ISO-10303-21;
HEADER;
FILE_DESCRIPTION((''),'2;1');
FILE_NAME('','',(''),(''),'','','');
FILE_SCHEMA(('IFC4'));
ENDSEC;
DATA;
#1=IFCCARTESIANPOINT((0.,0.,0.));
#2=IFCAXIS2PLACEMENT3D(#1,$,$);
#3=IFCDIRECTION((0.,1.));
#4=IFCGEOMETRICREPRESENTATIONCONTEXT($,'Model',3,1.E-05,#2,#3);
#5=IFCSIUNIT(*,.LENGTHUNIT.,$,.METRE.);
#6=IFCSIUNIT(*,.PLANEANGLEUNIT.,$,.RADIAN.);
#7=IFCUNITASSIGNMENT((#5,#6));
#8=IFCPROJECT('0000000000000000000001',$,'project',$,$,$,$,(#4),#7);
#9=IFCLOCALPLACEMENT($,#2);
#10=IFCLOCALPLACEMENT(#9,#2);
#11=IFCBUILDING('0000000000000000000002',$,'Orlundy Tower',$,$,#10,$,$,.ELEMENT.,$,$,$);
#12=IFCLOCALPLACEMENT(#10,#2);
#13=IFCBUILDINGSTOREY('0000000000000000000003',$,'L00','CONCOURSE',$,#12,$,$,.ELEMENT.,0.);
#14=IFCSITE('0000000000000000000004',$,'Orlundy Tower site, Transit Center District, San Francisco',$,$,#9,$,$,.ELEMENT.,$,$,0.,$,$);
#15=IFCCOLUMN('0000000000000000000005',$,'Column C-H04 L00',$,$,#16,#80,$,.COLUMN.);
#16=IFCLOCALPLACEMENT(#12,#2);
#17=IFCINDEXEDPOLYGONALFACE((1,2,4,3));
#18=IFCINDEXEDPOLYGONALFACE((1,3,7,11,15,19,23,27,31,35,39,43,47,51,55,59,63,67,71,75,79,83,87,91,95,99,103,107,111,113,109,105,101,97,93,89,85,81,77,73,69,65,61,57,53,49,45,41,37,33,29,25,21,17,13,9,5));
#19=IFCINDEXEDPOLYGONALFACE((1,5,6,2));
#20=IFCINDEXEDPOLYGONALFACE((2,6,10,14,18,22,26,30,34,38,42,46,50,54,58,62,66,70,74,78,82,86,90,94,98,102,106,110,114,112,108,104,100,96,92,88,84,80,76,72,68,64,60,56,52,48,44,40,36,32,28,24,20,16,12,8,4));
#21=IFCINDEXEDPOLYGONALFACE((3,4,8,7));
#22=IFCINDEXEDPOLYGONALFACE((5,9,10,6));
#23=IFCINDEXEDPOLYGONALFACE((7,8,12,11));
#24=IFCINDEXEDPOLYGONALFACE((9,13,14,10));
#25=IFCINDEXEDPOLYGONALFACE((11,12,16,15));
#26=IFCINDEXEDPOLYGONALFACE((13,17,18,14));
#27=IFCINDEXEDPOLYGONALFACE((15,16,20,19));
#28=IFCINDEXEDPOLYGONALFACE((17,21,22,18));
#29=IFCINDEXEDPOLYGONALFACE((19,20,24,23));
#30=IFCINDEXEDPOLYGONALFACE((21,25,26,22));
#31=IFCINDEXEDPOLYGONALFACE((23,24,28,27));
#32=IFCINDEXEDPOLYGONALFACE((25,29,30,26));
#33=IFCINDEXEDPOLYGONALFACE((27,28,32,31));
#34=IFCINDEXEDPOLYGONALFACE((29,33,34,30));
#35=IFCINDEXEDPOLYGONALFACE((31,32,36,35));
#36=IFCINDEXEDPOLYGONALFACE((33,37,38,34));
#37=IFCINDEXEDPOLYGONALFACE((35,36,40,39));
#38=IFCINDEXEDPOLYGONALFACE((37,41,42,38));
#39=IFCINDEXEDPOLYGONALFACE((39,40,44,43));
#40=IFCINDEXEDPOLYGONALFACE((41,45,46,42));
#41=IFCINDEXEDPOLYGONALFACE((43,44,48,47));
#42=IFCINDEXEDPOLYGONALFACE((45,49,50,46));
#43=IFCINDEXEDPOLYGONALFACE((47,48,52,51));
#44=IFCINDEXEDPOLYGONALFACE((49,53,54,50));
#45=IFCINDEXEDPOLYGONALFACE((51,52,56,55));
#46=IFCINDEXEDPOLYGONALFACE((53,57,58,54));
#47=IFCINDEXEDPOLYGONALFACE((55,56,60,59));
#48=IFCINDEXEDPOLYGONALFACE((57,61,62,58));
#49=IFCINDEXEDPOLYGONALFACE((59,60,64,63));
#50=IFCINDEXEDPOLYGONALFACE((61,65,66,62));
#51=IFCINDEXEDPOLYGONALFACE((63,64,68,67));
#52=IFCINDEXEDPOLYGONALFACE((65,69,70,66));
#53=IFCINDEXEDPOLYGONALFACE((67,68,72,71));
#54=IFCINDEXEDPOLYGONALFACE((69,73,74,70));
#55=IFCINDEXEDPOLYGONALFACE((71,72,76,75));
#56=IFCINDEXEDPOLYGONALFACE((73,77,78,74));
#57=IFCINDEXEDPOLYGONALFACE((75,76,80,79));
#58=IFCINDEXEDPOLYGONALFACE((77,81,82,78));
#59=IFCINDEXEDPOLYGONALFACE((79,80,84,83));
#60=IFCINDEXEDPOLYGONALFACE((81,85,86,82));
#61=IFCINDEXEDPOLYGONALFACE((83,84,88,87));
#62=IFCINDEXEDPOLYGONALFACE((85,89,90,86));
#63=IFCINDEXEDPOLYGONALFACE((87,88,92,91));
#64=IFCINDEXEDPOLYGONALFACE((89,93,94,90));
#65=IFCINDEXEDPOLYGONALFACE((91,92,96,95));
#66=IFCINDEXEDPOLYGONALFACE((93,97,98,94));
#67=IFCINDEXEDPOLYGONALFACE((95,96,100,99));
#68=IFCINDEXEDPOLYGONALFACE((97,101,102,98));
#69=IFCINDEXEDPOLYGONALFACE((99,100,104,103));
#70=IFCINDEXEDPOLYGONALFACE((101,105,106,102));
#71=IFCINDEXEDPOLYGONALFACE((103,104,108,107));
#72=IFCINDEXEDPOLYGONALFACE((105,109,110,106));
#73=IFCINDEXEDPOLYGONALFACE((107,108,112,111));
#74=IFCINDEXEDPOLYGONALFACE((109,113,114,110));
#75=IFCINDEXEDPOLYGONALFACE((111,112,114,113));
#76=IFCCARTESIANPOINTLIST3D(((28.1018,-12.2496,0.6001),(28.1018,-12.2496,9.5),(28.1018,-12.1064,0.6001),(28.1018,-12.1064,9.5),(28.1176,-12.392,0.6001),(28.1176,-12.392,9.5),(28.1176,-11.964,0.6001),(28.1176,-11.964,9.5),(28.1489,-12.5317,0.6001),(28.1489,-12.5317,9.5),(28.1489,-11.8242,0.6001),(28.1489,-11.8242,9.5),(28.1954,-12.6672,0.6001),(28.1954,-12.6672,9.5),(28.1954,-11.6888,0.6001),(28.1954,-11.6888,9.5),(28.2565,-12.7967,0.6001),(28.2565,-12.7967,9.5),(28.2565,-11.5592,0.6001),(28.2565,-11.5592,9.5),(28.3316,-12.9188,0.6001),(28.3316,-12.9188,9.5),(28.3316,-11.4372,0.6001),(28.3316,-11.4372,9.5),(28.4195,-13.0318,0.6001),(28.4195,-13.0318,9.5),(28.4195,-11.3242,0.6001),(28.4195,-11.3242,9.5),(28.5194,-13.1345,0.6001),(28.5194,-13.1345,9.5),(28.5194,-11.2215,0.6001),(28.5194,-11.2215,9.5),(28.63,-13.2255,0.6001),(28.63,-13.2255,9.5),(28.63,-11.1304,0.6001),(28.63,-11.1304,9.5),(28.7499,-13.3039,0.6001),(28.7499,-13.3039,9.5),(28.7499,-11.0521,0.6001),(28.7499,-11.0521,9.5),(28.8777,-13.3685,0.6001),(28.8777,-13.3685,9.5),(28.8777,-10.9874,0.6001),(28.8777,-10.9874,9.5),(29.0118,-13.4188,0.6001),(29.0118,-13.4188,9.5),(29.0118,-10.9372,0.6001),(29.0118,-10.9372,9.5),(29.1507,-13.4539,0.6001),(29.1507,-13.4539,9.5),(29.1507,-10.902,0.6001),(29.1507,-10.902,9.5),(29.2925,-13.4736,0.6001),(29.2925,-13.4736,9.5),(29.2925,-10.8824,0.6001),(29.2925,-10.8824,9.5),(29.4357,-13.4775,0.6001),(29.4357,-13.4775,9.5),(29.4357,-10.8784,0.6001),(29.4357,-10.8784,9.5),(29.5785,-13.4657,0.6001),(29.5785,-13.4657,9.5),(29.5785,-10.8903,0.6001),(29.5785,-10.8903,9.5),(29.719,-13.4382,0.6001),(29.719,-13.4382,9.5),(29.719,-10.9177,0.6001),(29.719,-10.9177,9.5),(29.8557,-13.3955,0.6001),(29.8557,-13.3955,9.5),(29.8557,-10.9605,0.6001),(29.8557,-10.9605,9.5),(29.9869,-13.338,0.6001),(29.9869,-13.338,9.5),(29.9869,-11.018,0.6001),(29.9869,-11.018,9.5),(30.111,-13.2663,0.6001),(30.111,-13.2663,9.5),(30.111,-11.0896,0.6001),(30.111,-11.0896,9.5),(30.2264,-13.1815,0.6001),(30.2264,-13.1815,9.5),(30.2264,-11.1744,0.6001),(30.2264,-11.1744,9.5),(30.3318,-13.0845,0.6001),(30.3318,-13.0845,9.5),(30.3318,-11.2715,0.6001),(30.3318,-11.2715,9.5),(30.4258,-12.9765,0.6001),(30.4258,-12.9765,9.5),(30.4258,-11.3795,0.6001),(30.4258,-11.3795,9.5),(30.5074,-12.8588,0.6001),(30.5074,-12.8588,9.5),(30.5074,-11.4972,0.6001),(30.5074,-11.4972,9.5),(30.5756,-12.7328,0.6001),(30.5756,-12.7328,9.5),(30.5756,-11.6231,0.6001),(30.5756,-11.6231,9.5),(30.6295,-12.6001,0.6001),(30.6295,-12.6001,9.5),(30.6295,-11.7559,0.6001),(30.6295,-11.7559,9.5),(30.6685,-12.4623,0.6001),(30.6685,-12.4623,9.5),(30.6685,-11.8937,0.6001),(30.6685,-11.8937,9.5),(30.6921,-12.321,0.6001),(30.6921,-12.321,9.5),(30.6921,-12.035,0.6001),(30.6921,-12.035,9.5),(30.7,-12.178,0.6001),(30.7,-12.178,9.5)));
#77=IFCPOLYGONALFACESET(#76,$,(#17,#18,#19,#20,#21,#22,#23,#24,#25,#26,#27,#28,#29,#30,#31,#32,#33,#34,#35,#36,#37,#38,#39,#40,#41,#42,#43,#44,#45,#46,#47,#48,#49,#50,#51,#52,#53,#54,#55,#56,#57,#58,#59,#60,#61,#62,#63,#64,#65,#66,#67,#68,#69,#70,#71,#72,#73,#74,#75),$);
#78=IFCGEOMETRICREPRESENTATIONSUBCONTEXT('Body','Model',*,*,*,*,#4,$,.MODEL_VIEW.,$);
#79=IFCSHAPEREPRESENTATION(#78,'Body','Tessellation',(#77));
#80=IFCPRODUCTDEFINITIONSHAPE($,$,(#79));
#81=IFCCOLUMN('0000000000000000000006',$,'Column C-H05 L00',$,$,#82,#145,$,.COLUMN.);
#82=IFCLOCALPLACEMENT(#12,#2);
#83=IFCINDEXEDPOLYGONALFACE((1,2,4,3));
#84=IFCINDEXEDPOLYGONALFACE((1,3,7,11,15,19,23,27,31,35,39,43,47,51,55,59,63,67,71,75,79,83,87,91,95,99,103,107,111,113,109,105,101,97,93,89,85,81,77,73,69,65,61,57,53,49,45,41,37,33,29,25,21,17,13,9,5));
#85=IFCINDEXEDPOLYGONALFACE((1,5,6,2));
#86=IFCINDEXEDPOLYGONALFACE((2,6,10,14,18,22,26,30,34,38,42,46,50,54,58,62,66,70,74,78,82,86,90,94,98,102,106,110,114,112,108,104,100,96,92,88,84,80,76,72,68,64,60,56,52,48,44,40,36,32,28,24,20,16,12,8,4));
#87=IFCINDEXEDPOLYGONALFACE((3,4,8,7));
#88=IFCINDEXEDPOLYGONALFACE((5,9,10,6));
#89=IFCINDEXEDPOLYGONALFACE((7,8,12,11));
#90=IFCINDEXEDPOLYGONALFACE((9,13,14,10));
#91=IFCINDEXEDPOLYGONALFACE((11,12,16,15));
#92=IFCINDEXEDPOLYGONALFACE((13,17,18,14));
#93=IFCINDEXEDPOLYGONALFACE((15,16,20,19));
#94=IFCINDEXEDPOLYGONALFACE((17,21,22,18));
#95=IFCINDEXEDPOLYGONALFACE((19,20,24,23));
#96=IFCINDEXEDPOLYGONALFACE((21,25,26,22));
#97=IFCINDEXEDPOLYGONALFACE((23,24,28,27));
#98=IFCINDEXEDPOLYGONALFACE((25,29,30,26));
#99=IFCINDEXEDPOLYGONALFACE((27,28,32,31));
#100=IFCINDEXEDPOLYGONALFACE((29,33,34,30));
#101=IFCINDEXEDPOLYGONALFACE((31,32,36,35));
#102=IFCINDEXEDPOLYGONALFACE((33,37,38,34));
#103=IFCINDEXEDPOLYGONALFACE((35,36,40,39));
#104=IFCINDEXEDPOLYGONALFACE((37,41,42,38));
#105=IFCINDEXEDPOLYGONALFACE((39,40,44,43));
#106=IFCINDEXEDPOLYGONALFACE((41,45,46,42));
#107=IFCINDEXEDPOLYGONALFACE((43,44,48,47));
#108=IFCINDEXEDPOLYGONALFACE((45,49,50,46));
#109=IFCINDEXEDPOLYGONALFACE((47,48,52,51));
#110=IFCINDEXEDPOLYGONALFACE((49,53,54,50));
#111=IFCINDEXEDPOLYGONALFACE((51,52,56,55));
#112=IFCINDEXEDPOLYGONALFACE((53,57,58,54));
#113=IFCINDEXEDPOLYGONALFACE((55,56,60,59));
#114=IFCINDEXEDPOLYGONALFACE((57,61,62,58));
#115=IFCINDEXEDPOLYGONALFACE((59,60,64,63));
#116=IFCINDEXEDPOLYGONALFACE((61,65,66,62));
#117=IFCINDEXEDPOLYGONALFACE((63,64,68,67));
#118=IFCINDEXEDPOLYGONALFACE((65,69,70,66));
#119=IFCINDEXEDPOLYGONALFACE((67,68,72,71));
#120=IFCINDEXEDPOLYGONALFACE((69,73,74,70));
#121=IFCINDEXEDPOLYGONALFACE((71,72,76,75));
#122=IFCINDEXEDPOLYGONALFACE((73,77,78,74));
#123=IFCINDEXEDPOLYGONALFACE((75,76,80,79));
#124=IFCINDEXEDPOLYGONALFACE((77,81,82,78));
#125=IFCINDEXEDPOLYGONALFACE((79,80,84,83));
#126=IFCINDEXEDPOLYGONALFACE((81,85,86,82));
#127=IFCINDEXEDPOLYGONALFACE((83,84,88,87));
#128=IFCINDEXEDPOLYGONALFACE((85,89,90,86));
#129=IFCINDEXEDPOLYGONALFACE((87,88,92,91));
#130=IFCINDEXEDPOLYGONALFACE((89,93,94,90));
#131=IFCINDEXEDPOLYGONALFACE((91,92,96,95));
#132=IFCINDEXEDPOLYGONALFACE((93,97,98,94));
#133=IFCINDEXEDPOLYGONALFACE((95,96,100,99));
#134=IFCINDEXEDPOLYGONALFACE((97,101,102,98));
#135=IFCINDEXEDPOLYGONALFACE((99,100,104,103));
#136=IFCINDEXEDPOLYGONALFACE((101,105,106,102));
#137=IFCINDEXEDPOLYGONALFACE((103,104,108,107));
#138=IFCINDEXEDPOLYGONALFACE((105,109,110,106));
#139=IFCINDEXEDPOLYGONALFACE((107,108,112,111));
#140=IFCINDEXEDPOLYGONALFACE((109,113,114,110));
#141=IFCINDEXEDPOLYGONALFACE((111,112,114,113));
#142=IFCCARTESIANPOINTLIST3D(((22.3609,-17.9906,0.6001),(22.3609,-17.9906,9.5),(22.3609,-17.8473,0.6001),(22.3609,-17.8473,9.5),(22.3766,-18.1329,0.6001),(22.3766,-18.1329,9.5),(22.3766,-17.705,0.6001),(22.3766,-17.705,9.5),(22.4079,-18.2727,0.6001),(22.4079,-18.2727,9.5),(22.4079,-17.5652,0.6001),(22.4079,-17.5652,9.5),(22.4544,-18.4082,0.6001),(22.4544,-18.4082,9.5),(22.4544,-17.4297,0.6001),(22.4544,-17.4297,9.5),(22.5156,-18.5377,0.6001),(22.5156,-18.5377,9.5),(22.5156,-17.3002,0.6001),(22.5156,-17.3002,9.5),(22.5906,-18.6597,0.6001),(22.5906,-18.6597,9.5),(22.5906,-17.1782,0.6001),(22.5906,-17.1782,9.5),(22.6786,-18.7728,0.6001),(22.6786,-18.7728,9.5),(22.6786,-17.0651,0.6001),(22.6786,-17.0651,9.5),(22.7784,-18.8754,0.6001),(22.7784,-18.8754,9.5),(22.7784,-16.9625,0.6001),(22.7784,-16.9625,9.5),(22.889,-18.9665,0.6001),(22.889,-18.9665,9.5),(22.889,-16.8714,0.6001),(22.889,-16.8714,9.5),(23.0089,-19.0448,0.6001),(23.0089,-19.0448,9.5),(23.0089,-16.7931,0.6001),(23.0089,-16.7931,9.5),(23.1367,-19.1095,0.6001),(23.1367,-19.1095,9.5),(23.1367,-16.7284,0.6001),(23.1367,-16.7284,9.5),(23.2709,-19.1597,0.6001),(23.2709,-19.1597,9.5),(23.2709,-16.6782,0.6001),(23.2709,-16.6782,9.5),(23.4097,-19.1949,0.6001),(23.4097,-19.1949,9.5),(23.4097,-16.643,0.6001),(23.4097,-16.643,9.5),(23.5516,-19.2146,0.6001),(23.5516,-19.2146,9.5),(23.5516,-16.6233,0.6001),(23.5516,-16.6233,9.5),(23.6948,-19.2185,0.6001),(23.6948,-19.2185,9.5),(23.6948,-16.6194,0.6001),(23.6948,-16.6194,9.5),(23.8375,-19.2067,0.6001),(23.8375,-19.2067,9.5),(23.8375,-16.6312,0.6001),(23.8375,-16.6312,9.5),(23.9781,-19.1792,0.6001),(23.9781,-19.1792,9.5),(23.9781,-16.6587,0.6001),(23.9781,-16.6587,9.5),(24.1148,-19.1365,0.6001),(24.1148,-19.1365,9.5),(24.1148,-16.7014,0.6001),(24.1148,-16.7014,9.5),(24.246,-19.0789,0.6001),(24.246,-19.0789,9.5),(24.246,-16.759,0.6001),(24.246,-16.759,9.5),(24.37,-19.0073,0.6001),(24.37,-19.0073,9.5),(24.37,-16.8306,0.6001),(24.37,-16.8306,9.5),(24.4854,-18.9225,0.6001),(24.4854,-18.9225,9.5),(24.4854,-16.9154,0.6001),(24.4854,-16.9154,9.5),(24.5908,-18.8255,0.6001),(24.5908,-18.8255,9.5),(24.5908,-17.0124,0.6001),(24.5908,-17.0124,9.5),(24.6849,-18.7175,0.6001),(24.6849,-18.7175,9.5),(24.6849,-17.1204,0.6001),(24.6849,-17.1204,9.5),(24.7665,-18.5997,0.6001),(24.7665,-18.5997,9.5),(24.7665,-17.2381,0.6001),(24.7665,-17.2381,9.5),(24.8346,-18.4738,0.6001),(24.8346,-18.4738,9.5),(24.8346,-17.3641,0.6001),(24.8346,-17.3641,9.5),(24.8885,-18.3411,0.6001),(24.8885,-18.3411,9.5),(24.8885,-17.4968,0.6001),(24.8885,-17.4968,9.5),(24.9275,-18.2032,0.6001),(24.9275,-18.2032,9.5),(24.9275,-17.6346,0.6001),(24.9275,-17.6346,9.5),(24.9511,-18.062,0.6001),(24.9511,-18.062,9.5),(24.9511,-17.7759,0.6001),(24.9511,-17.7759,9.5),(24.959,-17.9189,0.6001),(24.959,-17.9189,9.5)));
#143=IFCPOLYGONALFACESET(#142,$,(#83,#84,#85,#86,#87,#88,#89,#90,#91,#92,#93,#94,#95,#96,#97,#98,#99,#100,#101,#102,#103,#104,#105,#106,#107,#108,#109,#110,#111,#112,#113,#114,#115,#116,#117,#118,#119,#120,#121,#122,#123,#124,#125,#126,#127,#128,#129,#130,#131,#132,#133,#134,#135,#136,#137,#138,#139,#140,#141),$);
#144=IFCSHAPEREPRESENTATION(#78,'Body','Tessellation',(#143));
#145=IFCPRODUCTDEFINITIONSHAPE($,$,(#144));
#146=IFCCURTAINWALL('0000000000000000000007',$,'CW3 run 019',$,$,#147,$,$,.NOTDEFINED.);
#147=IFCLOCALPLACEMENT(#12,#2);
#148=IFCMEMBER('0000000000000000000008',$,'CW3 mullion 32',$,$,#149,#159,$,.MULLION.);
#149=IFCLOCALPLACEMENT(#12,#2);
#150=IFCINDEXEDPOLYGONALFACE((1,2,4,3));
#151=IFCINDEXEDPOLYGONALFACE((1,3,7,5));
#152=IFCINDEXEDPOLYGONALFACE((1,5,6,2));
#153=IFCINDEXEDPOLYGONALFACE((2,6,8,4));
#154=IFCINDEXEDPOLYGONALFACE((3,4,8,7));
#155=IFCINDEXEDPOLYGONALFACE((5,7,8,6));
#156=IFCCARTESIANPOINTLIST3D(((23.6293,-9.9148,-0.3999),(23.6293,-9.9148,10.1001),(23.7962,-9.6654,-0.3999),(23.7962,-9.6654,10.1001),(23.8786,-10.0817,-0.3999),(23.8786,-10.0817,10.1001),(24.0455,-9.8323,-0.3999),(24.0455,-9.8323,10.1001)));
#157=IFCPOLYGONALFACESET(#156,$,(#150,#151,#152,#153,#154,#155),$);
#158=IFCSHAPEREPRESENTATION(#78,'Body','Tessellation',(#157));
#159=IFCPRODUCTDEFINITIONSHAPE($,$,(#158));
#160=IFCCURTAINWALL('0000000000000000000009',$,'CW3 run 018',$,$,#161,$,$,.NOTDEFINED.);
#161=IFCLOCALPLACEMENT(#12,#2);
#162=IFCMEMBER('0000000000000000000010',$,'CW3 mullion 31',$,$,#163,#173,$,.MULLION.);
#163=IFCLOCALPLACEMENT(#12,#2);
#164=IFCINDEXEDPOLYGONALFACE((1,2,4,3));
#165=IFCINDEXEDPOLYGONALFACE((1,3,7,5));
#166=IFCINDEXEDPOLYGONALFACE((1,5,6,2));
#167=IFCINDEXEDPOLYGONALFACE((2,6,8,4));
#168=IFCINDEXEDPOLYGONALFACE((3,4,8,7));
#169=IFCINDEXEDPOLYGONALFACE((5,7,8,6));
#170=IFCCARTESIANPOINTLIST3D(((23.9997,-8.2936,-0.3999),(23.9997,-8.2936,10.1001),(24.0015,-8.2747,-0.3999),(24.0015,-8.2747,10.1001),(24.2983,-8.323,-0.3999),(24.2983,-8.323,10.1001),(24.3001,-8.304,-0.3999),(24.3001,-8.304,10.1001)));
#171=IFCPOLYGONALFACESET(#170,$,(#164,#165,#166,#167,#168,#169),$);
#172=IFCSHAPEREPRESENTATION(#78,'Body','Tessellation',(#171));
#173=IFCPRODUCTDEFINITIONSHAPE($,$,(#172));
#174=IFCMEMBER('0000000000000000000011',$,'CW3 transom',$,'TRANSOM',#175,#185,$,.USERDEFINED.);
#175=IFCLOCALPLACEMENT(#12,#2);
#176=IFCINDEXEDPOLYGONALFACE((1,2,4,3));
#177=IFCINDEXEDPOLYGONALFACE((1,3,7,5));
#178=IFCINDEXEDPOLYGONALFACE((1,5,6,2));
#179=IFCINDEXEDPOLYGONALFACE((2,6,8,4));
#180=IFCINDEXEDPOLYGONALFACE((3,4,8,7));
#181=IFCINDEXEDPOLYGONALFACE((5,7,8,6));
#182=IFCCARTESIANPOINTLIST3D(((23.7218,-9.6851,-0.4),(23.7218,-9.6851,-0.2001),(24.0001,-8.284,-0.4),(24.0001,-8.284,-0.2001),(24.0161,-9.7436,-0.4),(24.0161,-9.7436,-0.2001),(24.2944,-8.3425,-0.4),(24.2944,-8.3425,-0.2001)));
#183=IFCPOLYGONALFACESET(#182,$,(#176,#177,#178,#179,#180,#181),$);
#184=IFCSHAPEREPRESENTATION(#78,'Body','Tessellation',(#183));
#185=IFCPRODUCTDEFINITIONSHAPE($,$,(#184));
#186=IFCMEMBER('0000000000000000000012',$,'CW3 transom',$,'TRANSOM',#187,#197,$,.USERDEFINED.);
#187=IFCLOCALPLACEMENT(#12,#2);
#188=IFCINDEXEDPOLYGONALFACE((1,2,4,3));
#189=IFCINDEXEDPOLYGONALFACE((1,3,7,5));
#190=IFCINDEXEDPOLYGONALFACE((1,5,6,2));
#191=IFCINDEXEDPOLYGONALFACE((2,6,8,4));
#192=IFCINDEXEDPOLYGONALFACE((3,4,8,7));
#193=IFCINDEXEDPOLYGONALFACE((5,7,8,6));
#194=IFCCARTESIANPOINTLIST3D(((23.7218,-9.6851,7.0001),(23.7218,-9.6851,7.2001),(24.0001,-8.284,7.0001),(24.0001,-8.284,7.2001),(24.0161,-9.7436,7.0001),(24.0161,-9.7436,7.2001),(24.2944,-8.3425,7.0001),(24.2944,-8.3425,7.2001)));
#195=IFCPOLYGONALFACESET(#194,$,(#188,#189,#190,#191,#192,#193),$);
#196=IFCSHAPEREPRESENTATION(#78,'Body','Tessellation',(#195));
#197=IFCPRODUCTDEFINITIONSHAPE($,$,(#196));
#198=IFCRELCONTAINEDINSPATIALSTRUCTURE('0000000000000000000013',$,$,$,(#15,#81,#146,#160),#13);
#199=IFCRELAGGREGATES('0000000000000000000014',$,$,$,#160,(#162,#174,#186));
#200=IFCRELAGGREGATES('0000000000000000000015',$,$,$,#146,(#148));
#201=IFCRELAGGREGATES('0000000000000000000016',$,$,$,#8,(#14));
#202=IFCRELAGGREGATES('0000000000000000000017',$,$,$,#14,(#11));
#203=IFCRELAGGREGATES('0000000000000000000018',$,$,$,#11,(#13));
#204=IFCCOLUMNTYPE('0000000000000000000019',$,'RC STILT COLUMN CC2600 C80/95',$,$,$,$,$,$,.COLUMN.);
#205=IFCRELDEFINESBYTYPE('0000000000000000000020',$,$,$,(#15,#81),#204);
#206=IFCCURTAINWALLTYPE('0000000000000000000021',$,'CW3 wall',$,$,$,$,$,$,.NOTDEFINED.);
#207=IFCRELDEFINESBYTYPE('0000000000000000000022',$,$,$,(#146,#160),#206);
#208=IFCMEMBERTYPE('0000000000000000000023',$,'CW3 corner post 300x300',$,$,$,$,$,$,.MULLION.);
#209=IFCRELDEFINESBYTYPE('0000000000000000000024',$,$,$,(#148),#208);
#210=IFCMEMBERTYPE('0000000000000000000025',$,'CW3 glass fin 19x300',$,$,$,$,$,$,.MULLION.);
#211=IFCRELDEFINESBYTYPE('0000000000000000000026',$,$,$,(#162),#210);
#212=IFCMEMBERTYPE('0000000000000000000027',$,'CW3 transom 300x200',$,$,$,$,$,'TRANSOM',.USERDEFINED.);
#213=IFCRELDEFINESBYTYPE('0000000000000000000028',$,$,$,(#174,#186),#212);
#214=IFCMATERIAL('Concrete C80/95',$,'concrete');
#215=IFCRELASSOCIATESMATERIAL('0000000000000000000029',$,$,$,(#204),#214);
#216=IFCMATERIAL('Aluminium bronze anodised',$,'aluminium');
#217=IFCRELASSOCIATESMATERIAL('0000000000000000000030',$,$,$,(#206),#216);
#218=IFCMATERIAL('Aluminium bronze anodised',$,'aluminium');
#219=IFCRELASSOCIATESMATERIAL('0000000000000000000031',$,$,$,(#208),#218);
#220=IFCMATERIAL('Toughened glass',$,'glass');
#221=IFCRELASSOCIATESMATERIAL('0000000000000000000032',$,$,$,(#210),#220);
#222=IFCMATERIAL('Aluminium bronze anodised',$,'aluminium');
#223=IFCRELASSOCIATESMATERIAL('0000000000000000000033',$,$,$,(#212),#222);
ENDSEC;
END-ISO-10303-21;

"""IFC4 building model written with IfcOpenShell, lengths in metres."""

from ifc_helpers import new_model, si_unit, direction, frame, origin, origin_2d, place, context, subcontext, project, spatial, rectangle, circle, extrude, material, material_profile, profile_set, type_object, element, aggregate, save


model = new_model("IFC4")

# Units and contexts
model_context = context("Model", 3, precision=1e-05, world=origin(), true_north=direction((0.0, 1.0)))
body_context = subcontext(model_context, "Body", "Model", "MODEL_VIEW")
ifc_project = project(units=[si_unit("LENGTHUNIT", "METRE"), si_unit("PLANEANGLEUNIT", "RADIAN")], contexts=[model_context])

# Site, building, storey
site_placement = place(None, origin())
site = spatial("IfcSite", under=ifc_project, at=site_placement, Name="Orlundy Tower site, Transit Center District, San Francisco", CompositionType="ELEMENT", RefElevation=0.0)
building_placement = place(site_placement, origin())
building = spatial("IfcBuilding", under=site, at=building_placement, Name="Orlundy Tower", CompositionType="ELEMENT")
storey_placement = place(building_placement, origin())
storey = spatial("IfcBuildingStorey", under=building, at=storey_placement, Name="L00", Description="CONCOURSE", CompositionType="ELEMENT", Elevation=0.0)

# Columns
ifc_material_1 = material(Name="Concrete C80/95", Category="concrete")
ifc_material_profile_1 = material_profile(ifc_material_1, circle(Radius=1.3, at=origin_2d()), Name="CC2600")
ifc_profile_set_1 = profile_set([ifc_material_profile_1], Name="Concrete C80/95")
column_type = type_object("IfcColumnType", Name="RC STILT COLUMN CC2600 C80/95", PredefinedType="COLUMN", material=ifc_profile_set_1)
for number, where, z_axis, x_axis, name in (
    (1, (29.3999, -12.178, 0.6001), (0.0, 0.0, 1.0), (1.0, 0.0, 0.0), "Column C-H04 L00"),
    (2, (23.6589, -17.9189, 0.6001), (0.0, 0.0, 1.0), (1.0, 0.0, 0.0), "Column C-H05 L00"),
):
    element("IfcColumn", number, at=place(storey_placement, frame(where, z_axis=z_axis, x_axis=x_axis)), inside=storey, type_object=column_type, Name=name, PredefinedType="COLUMN", context=body_context, shape_type="SweptSolid", body=[
        extrude(circle(Radius=1.3, at=origin_2d()), origin(), (0.0, 0.0, 1.0), 8.8999),
    ])

# Curtain wall, member
ifc_material_2 = material(Name="Aluminium bronze anodised", Category="aluminium")
curtain_wall_type = type_object("IfcCurtainWallType", Name="CW3 wall", PredefinedType="NOTDEFINED", material=ifc_material_2)
curtain_wall_1_placement = place(storey_placement, origin())
curtain_wall_1 = element("IfcCurtainWall", 3, at=curtain_wall_1_placement, inside=storey, type_object=curtain_wall_type, Name="CW3 run 019", PredefinedType="NOTDEFINED")
ifc_material_3 = material(Name="Aluminium bronze anodised", Category="aluminium")
ifc_material_profile_2 = material_profile(ifc_material_3, rectangle(XDim=0.3, YDim=0.3, at=origin_2d()), Name="CW3 corner post 300x300")
ifc_profile_set_2 = profile_set([ifc_material_profile_2], Name="Aluminium bronze anodised")
member_type_1 = type_object("IfcMemberType", Name="CW3 corner post 300x300", PredefinedType="MULLION", material=ifc_profile_set_2)
member_1_placement = place(storey_placement, frame((23.8374, -9.8735, -0.3999), z_axis=(0.0, 0.0, 1.0), x_axis=(0.831063, -0.556178, 0.0)))
member_1 = element("IfcMember", 4, at=member_1_placement, type_object=member_type_1, Name="CW3 mullion 32", PredefinedType="MULLION", context=body_context, shape_type="SweptSolid", body=[
    extrude(rectangle(XDim=0.3, YDim=0.3, at=origin_2d()), origin(), (0.0, 0.0, 1.0), 10.5),
])

# Curtain wall, members
curtain_wall_2_placement = place(storey_placement, origin())
curtain_wall_2 = element("IfcCurtainWall", 5, at=curtain_wall_2_placement, inside=storey, type_object=curtain_wall_type, Name="CW3 run 018", PredefinedType="NOTDEFINED")
ifc_material_4 = material(Name="Toughened glass", Category="glass")
ifc_material_profile_3 = material_profile(ifc_material_4, rectangle(XDim=0.3, YDim=0.019, at=origin_2d()), Name="CW3 glass fin 19x300")
ifc_profile_set_3 = profile_set([ifc_material_profile_3], Name="Toughened glass")
member_type_2 = type_object("IfcMemberType", Name="CW3 glass fin 19x300", PredefinedType="MULLION", material=ifc_profile_set_3)
member_2_placement = place(storey_placement, frame((24.1499, -8.2988, -0.3999), z_axis=(0.0, 0.0, 1.0), x_axis=(0.995201, -0.09785, 0.0)))
member_2 = element("IfcMember", 6, at=member_2_placement, type_object=member_type_2, Name="CW3 mullion 31", PredefinedType="MULLION", context=body_context, shape_type="SweptSolid", body=[
    extrude(rectangle(XDim=0.3, YDim=0.019, at=origin_2d()), origin(), (0.0, 0.0, 1.0), 10.5),
])
ifc_material_5 = material(Name="Aluminium bronze anodised", Category="aluminium")
ifc_material_profile_4 = material_profile(ifc_material_5, rectangle(XDim=0.3, YDim=0.2, at=origin_2d()), Name="CW3 transom 300x200")
ifc_profile_set_4 = profile_set([ifc_material_profile_4], Name="Aluminium bronze anodised")
member_type_3 = type_object("IfcMemberType", Name="CW3 transom 300x200", ElementType="TRANSOM", PredefinedType="USERDEFINED", material=ifc_profile_set_4)
member_3_placement = place(storey_placement, frame((24.1472, -8.3132, -0.3), z_axis=(-0.194834, -0.980836, 0.0), x_axis=(0.980836, -0.194834, 0.0)))
member_3 = element("IfcMember", 7, at=member_3_placement, type_object=member_type_3, Name="CW3 transom", ObjectType="TRANSOM", PredefinedType="USERDEFINED", context=body_context, shape_type="SweptSolid", body=[
    extrude(rectangle(XDim=0.3, YDim=0.2, at=origin_2d()), origin(), (0.0, 0.0, 1.0), 1.4285),
])
member_4_placement = place(storey_placement, frame((24.1472, -8.3132, 7.1001), z_axis=(-0.194834, -0.980836, 0.0), x_axis=(0.980836, -0.194834, 0.0)))
member_4 = element("IfcMember", 8, at=member_4_placement, type_object=member_type_3, Name="CW3 transom", ObjectType="TRANSOM", PredefinedType="USERDEFINED", context=body_context, shape_type="SweptSolid", body=[
    extrude(rectangle(XDim=0.3, YDim=0.2, at=origin_2d()), origin(), (0.0, 0.0, 1.0), 1.4285),
])

aggregate(curtain_wall_2, [member_2, member_3, member_4])
aggregate(curtain_wall_1, [member_1])

save(model, "model.ifc")
